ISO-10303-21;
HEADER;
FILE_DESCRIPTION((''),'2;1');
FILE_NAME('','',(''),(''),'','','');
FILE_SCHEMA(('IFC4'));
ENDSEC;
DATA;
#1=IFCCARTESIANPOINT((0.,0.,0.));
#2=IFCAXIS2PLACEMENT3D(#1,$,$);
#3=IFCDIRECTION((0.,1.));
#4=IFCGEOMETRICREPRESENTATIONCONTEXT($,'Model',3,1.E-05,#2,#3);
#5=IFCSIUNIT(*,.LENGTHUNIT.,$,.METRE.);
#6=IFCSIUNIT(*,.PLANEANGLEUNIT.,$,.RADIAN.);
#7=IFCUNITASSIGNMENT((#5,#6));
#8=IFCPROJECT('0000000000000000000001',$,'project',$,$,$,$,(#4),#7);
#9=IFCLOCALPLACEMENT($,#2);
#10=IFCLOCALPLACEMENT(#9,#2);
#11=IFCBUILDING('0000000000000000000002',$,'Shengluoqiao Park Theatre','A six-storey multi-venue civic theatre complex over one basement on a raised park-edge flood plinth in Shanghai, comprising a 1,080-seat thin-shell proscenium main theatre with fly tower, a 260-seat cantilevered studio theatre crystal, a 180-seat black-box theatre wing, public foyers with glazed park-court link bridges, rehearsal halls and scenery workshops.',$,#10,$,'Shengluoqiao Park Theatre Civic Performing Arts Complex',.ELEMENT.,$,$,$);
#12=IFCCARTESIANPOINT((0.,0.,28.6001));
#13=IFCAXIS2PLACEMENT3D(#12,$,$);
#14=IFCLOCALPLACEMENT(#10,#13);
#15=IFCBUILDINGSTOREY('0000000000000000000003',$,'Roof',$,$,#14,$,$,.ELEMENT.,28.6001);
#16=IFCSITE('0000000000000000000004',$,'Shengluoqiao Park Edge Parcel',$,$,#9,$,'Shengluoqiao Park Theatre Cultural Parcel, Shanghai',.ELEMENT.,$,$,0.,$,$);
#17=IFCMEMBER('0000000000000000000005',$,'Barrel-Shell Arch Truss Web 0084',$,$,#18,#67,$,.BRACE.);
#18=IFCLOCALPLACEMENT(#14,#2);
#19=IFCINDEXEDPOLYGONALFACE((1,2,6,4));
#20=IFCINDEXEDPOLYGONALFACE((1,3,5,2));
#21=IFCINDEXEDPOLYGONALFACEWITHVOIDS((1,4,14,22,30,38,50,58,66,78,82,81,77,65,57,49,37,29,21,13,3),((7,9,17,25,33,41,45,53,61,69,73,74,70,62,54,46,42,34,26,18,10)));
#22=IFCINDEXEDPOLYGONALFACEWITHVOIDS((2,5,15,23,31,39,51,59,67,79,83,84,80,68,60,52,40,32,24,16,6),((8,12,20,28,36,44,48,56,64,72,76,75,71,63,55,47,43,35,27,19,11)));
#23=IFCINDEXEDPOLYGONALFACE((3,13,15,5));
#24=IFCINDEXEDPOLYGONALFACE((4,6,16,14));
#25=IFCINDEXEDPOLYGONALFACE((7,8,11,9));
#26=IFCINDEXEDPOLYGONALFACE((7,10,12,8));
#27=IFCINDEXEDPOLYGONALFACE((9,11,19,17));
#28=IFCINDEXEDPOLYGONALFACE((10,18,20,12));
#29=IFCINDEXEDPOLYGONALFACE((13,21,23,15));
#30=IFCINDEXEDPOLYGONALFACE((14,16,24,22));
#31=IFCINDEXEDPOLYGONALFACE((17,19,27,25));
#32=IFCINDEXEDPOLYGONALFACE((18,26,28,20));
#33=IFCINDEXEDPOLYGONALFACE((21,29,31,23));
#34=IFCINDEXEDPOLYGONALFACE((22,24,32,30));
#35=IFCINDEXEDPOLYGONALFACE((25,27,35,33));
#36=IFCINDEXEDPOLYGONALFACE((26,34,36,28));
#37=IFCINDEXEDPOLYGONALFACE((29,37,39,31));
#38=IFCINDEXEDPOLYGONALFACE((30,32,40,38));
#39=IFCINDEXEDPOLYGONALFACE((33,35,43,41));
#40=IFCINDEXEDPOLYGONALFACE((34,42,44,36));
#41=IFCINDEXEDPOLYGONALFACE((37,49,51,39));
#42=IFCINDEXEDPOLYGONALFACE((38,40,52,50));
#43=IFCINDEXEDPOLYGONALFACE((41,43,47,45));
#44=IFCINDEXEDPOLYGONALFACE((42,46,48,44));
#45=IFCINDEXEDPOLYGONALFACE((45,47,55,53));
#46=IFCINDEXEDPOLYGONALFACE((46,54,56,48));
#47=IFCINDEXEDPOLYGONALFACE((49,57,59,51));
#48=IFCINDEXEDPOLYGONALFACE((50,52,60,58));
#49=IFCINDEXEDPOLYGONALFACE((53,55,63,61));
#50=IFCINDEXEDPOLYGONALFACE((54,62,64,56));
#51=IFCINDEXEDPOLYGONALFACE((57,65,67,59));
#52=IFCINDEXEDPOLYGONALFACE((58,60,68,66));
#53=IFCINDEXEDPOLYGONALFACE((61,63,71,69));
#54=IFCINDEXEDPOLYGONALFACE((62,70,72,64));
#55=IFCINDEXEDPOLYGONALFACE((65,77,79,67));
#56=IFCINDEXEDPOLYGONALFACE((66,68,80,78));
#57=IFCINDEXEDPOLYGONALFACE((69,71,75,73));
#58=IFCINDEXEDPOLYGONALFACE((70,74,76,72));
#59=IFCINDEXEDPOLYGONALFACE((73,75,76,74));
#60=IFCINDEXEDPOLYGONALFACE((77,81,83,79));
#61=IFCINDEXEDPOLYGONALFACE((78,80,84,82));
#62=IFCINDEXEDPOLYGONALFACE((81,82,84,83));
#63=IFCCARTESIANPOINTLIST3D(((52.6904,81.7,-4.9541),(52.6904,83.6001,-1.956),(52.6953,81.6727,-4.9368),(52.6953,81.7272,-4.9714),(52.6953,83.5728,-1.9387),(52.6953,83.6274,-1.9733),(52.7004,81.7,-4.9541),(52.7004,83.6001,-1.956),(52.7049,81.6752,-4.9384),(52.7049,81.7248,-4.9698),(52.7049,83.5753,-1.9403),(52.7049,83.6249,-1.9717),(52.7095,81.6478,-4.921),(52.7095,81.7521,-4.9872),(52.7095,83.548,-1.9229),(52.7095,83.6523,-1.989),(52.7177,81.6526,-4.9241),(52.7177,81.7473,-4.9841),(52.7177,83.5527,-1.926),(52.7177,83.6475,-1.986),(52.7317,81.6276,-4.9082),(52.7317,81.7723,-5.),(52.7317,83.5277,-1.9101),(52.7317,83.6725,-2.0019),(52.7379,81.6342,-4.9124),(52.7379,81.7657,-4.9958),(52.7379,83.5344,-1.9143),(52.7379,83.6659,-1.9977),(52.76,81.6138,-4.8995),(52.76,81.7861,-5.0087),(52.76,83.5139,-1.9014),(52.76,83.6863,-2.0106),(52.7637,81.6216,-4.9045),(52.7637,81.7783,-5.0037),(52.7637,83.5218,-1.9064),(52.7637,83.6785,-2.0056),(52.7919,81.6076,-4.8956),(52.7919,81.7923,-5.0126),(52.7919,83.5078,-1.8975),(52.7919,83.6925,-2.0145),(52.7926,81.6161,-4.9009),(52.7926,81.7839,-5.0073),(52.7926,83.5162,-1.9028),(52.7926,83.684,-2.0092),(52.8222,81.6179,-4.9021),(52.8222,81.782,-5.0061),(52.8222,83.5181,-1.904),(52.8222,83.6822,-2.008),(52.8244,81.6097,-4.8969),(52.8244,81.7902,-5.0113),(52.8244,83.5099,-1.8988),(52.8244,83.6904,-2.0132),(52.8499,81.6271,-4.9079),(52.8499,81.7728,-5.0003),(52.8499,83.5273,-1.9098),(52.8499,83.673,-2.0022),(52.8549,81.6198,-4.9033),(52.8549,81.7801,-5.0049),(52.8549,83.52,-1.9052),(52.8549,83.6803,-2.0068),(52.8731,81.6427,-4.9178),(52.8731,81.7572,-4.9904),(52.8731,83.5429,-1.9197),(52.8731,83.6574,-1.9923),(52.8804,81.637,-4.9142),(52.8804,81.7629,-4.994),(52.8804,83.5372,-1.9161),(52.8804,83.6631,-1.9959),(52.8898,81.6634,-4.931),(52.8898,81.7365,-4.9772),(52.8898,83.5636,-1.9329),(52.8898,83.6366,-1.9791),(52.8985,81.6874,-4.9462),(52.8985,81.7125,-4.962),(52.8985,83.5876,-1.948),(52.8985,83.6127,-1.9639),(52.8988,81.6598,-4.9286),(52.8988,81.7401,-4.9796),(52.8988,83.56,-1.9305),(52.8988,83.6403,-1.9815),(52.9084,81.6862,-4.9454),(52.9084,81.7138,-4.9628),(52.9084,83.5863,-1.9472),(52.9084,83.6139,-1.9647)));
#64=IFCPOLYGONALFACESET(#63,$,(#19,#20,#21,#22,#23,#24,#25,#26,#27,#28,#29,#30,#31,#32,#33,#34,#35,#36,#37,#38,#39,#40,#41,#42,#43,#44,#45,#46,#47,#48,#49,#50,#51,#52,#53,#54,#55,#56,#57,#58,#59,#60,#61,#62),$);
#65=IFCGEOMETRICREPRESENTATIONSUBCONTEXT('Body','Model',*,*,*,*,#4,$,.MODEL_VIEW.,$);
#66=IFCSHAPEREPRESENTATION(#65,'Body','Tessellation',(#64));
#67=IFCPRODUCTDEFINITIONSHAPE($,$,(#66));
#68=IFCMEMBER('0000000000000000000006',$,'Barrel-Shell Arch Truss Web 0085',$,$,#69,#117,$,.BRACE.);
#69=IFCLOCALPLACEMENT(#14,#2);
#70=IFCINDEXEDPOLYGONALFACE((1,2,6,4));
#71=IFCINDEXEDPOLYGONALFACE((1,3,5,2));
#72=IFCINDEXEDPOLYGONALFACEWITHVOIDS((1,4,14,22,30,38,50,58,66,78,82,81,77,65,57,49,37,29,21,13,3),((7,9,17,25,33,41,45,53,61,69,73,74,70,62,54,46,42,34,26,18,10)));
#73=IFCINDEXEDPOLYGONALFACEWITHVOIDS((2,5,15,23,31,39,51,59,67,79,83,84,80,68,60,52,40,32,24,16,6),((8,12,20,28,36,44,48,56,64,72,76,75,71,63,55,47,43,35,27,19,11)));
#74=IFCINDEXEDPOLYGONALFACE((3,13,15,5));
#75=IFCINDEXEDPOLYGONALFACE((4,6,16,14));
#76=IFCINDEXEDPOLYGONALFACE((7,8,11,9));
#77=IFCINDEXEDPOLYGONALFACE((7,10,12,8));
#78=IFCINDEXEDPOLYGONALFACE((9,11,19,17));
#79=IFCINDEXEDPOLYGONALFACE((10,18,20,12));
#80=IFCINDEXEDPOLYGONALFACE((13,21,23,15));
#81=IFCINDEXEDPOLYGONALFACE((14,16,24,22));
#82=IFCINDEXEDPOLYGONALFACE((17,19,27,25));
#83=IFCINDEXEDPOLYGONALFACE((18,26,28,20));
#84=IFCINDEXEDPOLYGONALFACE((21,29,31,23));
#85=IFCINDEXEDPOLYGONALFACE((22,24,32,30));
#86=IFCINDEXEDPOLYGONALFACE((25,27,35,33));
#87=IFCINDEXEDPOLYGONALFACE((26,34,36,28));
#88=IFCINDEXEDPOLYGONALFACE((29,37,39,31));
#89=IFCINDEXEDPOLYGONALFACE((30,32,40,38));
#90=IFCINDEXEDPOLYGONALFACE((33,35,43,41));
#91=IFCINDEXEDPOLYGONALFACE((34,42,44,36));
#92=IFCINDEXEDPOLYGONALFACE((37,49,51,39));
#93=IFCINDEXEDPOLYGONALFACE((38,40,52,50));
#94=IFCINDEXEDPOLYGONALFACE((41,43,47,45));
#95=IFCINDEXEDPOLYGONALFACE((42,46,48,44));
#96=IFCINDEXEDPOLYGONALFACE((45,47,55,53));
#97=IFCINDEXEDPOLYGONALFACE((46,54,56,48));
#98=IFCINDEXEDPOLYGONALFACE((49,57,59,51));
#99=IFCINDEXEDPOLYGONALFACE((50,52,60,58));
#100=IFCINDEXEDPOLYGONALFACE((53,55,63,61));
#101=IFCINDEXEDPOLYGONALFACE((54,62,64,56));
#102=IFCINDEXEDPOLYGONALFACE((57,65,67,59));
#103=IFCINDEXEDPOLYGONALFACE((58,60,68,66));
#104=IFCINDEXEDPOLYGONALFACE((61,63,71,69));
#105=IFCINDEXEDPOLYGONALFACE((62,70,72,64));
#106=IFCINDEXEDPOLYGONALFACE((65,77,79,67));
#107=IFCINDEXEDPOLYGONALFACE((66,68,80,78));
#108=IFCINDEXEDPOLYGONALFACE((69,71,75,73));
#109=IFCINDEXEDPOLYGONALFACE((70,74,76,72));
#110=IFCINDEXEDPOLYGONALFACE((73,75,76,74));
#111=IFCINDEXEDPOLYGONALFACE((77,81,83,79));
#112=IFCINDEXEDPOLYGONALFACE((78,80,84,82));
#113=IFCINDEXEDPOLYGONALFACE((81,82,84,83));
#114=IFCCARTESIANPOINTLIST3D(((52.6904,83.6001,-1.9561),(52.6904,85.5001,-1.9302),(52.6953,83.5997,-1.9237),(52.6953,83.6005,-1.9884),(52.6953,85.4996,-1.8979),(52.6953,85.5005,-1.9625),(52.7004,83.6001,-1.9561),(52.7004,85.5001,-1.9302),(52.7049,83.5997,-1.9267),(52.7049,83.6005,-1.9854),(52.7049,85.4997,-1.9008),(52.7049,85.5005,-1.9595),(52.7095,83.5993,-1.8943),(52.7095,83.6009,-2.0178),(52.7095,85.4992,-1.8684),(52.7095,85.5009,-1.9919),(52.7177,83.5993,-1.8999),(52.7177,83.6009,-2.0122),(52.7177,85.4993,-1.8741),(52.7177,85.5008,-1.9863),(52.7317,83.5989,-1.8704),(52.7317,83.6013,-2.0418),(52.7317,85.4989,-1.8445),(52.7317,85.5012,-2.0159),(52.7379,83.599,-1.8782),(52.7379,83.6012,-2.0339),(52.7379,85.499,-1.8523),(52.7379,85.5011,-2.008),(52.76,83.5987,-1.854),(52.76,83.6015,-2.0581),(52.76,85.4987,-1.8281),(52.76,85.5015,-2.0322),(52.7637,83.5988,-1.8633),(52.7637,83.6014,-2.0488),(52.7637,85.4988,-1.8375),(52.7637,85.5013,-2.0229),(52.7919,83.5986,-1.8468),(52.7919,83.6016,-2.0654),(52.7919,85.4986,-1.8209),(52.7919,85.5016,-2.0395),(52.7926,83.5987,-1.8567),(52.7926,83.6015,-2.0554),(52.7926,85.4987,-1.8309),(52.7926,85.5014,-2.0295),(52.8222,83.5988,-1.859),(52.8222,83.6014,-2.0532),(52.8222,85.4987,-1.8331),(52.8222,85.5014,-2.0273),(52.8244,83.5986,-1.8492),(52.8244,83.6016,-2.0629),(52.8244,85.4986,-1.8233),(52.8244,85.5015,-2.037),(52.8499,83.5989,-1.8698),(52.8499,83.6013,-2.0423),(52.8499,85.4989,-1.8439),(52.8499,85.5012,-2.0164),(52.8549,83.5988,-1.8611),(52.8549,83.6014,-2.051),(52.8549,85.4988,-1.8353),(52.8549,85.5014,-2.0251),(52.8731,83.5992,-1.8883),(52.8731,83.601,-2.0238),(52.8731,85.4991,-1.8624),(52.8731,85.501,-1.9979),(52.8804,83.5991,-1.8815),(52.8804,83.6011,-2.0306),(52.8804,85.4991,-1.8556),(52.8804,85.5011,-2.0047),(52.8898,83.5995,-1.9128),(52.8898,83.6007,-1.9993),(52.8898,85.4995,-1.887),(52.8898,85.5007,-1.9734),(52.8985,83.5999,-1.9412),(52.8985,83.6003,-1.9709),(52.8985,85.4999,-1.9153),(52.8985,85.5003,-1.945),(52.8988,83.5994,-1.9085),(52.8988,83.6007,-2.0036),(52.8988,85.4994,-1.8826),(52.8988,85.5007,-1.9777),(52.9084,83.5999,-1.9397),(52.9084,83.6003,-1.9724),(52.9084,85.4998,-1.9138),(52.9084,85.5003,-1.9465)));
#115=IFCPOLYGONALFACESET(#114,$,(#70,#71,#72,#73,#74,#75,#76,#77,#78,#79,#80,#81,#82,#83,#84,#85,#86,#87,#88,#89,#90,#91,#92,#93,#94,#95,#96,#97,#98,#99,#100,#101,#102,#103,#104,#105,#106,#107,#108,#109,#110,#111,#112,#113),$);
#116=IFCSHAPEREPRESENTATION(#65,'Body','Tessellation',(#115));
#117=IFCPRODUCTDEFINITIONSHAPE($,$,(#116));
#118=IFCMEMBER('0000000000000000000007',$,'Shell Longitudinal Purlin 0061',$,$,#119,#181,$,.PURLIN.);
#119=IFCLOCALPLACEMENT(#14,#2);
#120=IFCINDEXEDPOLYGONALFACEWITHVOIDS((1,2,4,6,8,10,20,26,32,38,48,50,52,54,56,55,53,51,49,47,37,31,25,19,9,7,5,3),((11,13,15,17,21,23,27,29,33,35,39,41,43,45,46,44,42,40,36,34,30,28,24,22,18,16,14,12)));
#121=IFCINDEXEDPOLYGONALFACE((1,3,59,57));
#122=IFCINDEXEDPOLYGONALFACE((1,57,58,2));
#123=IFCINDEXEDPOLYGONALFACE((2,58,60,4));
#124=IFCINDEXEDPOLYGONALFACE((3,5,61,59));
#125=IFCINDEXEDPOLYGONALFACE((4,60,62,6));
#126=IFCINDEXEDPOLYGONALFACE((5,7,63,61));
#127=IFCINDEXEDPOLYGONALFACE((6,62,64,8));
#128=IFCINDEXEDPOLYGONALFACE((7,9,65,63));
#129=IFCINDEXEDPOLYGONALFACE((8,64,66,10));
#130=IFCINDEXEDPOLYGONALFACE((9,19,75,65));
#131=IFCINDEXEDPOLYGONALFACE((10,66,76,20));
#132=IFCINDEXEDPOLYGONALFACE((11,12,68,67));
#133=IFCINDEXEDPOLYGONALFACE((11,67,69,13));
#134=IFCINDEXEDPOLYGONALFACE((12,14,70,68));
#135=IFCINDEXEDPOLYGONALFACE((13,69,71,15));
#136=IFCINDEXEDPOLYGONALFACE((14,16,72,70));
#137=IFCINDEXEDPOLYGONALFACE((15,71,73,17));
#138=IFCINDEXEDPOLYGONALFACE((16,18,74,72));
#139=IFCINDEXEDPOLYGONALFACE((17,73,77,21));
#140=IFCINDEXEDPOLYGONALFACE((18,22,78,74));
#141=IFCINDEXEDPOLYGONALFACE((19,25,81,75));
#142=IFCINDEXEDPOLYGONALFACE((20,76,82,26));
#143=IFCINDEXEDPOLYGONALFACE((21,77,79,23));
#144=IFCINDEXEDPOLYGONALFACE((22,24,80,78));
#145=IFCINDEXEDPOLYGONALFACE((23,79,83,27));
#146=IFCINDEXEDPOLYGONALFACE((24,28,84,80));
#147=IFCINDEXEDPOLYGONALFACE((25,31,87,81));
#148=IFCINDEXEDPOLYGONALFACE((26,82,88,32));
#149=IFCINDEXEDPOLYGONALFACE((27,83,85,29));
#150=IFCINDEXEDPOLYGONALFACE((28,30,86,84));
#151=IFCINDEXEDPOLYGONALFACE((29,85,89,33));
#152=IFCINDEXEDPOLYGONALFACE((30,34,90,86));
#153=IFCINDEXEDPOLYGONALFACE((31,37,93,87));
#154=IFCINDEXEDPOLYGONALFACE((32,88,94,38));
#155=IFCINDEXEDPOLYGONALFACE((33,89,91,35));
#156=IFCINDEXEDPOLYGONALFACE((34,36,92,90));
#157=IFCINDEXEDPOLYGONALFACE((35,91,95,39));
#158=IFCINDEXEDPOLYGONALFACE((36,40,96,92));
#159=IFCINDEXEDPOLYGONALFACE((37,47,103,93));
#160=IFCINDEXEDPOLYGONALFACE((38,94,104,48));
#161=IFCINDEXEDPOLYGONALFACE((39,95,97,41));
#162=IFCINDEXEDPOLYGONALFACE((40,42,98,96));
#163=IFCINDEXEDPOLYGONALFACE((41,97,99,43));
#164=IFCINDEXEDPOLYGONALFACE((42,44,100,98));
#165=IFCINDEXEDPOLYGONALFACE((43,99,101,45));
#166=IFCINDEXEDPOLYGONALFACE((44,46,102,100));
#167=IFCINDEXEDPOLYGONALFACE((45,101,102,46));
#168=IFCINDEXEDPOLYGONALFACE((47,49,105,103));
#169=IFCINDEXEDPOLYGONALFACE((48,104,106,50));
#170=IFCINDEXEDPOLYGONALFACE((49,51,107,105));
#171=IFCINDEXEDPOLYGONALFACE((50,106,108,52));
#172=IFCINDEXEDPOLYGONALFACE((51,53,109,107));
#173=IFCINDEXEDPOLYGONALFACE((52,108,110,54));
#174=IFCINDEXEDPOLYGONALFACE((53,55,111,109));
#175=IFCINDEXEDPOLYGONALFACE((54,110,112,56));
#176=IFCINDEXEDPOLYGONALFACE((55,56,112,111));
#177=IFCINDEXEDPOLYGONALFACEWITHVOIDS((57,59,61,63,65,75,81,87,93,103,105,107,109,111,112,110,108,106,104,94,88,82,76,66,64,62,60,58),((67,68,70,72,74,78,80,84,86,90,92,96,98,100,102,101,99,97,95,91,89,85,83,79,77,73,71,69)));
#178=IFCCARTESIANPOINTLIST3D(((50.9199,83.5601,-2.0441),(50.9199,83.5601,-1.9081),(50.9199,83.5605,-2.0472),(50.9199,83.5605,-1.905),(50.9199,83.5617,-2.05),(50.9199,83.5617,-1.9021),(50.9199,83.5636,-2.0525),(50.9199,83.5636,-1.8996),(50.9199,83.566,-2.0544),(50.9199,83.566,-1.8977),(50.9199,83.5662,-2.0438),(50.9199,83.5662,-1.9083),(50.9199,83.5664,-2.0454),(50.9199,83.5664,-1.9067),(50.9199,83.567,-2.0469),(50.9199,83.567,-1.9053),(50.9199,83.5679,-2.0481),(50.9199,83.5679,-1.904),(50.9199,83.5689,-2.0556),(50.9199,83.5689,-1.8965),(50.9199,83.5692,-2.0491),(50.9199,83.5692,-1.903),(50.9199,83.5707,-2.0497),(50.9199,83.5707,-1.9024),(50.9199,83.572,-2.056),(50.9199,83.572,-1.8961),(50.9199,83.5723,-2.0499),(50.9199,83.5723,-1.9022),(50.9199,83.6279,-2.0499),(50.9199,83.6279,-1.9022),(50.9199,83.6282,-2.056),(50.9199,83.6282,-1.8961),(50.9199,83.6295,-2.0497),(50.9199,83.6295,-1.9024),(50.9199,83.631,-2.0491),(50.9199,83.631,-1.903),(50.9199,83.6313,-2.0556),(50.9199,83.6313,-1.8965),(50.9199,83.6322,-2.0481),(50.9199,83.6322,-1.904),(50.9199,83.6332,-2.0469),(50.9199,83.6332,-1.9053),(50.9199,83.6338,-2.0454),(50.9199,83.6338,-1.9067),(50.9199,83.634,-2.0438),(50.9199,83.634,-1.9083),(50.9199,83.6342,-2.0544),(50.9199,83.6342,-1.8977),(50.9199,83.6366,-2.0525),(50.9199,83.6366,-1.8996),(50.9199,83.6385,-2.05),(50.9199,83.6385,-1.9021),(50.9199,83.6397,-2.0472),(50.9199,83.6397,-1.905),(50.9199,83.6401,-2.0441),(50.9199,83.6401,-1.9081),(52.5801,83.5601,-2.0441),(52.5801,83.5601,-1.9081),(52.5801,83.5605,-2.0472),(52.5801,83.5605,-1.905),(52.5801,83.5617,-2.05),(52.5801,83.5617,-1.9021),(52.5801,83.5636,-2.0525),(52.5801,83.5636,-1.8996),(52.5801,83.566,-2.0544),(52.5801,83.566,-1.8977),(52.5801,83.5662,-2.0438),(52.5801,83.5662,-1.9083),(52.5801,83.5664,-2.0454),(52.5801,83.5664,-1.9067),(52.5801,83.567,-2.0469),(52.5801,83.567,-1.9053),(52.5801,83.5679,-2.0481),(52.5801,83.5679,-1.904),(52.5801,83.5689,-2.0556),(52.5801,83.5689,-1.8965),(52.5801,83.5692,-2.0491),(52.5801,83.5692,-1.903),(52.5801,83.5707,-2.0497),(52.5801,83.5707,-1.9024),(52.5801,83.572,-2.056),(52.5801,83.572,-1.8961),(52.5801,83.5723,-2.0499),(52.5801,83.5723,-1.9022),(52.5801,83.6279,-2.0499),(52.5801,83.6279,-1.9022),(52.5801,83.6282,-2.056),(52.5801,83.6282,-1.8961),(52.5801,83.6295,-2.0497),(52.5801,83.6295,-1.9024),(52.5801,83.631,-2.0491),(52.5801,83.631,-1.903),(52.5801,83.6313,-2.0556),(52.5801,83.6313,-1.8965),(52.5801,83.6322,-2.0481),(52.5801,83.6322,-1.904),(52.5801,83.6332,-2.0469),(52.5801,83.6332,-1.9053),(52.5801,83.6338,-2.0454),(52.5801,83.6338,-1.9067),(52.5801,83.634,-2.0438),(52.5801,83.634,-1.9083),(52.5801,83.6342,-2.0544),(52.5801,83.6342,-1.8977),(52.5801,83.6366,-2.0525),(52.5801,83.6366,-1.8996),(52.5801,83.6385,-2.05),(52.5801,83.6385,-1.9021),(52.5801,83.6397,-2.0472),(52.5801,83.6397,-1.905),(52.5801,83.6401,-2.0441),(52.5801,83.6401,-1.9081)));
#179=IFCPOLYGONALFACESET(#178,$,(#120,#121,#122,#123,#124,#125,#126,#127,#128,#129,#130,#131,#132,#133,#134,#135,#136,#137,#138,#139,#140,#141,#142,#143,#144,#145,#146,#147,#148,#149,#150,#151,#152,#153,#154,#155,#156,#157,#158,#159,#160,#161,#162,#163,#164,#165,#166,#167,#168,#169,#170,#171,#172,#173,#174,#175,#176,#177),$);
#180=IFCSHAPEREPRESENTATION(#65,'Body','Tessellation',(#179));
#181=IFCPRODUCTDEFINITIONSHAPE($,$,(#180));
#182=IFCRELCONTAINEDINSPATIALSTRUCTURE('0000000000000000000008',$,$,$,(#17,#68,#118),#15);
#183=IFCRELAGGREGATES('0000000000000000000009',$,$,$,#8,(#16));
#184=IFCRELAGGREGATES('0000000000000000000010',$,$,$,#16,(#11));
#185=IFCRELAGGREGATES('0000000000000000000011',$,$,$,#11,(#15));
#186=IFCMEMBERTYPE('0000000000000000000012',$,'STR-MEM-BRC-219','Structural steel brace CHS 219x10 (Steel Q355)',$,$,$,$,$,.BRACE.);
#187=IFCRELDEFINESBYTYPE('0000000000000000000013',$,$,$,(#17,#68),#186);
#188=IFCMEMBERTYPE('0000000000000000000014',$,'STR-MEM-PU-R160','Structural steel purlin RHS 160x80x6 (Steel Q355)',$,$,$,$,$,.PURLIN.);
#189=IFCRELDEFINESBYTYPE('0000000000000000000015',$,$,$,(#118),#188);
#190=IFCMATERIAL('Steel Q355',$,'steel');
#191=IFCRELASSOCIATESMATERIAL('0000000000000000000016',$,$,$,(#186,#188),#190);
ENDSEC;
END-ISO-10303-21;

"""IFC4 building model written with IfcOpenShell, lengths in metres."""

from ifc_helpers import new_model, si_unit, direction, frame, origin, origin_2d, place, context, subcontext, project, spatial, hollow_rectangle, hollow_circle, extrude, material, material_profile, profile_set, type_object, element, save


model = new_model("IFC4")

# Units and contexts
model_context = context("Model", 3, precision=1e-05, world=origin(), true_north=direction((0.0, 1.0)))
body_context = subcontext(model_context, "Body", "Model", "MODEL_VIEW")
ifc_project = project(units=[si_unit("LENGTHUNIT", "METRE"), si_unit("PLANEANGLEUNIT", "RADIAN")], contexts=[model_context])

# Site, building, storey
site_placement = place(None, origin())
site = spatial("IfcSite", under=ifc_project, at=site_placement, Name="Shengluoqiao Park Edge Parcel", LongName="Shengluoqiao Park Theatre Cultural Parcel, Shanghai", CompositionType="ELEMENT", RefElevation=0.0)
building_placement = place(site_placement, origin())
building = spatial("IfcBuilding", under=site, at=building_placement, Name="Shengluoqiao Park Theatre", Description="A six-storey multi-venue civic theatre complex over one basement on a raised park-edge flood plinth in Shanghai, comprising a 1,080-seat thin-shell proscenium main theatre with fly tower, a 260-seat cantilevered studio theatre crystal, a 180-seat black-box theatre wing, public foyers with glazed park-court link bridges, rehearsal halls and scenery workshops.", LongName="Shengluoqiao Park Theatre Civic Performing Arts Complex", CompositionType="ELEMENT")
storey_placement = place(building_placement, frame((0.0, 0.0, 28.6001)))
storey = spatial("IfcBuildingStorey", under=building, at=storey_placement, Name="Roof", CompositionType="ELEMENT", Elevation=28.6001)

# Shared definitions
ifc_material_1 = material(Name="Steel Q355", Category="steel")

# Members
ifc_material_profile_1 = material_profile(ifc_material_1, hollow_circle(Radius=0.1096, WallThickness=0.01, at=origin_2d()), Name="CHS 219x10")
ifc_profile_set_1 = profile_set([ifc_material_profile_1], Name="Steel Q355")
member_type_1 = type_object("IfcMemberType", Name="STR-MEM-BRC-219", Description="Structural steel brace CHS 219x10 (Steel Q355)", PredefinedType="BRACE", material=ifc_profile_set_1)
member_1_placement = place(storey_placement, frame((52.8, 81.7, -4.9541), z_axis=(0.0, 0.53533, 0.844643), x_axis=(-1.0, 0.0, 0.0)))
element("IfcMember", 1, at=member_1_placement, inside=storey, type_object=member_type_1, Name="Barrel-Shell Arch Truss Web 0084", PredefinedType="BRACE", context=body_context, shape_type="SweptSolid", body=[
    extrude(hollow_circle(Radius=0.1096, WallThickness=0.01, at=origin_2d()), origin(), (0.0, 0.0, 1.0), 3.5496),
])
member_2_placement = place(storey_placement, frame((52.8, 83.6001, -1.9561), z_axis=(0.0, 0.999907, 0.01362), x_axis=(-1.0, 0.0, 0.0)))
element("IfcMember", 2, at=member_2_placement, inside=storey, type_object=member_type_1, Name="Barrel-Shell Arch Truss Web 0085", PredefinedType="BRACE", context=body_context, shape_type="SweptSolid", body=[
    extrude(hollow_circle(Radius=0.1096, WallThickness=0.01, at=origin_2d()), origin(), (0.0, 0.0, 1.0), 1.9001),
])
ifc_material_profile_2 = material_profile(ifc_material_1, hollow_rectangle(XDim=0.0801, YDim=0.1599, WallThickness=0.0061, InnerFilletRadius=0.0061, OuterFilletRadius=0.012, at=origin_2d()), Name="RHS 160x80x6")
ifc_profile_set_2 = profile_set([ifc_material_profile_2], Name="Steel Q355")
member_type_2 = type_object("IfcMemberType", Name="STR-MEM-PU-R160", Description="Structural steel purlin RHS 160x80x6 (Steel Q355)", PredefinedType="PURLIN", material=ifc_profile_set_2)
member_3_placement = place(storey_placement, frame((50.9199, 83.6001, -1.9761), z_axis=(1.0, 0.0, 0.0), x_axis=(0.0, 1.0, 0.0)))
element("IfcMember", 3, at=member_3_placement, inside=storey, type_object=member_type_2, Name="Shell Longitudinal Purlin 0061", PredefinedType="PURLIN", context=body_context, shape_type="SweptSolid", body=[
    extrude(hollow_rectangle(XDim=0.0801, YDim=0.1599, WallThickness=0.0061, InnerFilletRadius=0.0061, OuterFilletRadius=0.012, at=origin_2d()), origin(), (0.0, 0.0, 1.0), 1.6602),
])

save(model, "model.ifc")
